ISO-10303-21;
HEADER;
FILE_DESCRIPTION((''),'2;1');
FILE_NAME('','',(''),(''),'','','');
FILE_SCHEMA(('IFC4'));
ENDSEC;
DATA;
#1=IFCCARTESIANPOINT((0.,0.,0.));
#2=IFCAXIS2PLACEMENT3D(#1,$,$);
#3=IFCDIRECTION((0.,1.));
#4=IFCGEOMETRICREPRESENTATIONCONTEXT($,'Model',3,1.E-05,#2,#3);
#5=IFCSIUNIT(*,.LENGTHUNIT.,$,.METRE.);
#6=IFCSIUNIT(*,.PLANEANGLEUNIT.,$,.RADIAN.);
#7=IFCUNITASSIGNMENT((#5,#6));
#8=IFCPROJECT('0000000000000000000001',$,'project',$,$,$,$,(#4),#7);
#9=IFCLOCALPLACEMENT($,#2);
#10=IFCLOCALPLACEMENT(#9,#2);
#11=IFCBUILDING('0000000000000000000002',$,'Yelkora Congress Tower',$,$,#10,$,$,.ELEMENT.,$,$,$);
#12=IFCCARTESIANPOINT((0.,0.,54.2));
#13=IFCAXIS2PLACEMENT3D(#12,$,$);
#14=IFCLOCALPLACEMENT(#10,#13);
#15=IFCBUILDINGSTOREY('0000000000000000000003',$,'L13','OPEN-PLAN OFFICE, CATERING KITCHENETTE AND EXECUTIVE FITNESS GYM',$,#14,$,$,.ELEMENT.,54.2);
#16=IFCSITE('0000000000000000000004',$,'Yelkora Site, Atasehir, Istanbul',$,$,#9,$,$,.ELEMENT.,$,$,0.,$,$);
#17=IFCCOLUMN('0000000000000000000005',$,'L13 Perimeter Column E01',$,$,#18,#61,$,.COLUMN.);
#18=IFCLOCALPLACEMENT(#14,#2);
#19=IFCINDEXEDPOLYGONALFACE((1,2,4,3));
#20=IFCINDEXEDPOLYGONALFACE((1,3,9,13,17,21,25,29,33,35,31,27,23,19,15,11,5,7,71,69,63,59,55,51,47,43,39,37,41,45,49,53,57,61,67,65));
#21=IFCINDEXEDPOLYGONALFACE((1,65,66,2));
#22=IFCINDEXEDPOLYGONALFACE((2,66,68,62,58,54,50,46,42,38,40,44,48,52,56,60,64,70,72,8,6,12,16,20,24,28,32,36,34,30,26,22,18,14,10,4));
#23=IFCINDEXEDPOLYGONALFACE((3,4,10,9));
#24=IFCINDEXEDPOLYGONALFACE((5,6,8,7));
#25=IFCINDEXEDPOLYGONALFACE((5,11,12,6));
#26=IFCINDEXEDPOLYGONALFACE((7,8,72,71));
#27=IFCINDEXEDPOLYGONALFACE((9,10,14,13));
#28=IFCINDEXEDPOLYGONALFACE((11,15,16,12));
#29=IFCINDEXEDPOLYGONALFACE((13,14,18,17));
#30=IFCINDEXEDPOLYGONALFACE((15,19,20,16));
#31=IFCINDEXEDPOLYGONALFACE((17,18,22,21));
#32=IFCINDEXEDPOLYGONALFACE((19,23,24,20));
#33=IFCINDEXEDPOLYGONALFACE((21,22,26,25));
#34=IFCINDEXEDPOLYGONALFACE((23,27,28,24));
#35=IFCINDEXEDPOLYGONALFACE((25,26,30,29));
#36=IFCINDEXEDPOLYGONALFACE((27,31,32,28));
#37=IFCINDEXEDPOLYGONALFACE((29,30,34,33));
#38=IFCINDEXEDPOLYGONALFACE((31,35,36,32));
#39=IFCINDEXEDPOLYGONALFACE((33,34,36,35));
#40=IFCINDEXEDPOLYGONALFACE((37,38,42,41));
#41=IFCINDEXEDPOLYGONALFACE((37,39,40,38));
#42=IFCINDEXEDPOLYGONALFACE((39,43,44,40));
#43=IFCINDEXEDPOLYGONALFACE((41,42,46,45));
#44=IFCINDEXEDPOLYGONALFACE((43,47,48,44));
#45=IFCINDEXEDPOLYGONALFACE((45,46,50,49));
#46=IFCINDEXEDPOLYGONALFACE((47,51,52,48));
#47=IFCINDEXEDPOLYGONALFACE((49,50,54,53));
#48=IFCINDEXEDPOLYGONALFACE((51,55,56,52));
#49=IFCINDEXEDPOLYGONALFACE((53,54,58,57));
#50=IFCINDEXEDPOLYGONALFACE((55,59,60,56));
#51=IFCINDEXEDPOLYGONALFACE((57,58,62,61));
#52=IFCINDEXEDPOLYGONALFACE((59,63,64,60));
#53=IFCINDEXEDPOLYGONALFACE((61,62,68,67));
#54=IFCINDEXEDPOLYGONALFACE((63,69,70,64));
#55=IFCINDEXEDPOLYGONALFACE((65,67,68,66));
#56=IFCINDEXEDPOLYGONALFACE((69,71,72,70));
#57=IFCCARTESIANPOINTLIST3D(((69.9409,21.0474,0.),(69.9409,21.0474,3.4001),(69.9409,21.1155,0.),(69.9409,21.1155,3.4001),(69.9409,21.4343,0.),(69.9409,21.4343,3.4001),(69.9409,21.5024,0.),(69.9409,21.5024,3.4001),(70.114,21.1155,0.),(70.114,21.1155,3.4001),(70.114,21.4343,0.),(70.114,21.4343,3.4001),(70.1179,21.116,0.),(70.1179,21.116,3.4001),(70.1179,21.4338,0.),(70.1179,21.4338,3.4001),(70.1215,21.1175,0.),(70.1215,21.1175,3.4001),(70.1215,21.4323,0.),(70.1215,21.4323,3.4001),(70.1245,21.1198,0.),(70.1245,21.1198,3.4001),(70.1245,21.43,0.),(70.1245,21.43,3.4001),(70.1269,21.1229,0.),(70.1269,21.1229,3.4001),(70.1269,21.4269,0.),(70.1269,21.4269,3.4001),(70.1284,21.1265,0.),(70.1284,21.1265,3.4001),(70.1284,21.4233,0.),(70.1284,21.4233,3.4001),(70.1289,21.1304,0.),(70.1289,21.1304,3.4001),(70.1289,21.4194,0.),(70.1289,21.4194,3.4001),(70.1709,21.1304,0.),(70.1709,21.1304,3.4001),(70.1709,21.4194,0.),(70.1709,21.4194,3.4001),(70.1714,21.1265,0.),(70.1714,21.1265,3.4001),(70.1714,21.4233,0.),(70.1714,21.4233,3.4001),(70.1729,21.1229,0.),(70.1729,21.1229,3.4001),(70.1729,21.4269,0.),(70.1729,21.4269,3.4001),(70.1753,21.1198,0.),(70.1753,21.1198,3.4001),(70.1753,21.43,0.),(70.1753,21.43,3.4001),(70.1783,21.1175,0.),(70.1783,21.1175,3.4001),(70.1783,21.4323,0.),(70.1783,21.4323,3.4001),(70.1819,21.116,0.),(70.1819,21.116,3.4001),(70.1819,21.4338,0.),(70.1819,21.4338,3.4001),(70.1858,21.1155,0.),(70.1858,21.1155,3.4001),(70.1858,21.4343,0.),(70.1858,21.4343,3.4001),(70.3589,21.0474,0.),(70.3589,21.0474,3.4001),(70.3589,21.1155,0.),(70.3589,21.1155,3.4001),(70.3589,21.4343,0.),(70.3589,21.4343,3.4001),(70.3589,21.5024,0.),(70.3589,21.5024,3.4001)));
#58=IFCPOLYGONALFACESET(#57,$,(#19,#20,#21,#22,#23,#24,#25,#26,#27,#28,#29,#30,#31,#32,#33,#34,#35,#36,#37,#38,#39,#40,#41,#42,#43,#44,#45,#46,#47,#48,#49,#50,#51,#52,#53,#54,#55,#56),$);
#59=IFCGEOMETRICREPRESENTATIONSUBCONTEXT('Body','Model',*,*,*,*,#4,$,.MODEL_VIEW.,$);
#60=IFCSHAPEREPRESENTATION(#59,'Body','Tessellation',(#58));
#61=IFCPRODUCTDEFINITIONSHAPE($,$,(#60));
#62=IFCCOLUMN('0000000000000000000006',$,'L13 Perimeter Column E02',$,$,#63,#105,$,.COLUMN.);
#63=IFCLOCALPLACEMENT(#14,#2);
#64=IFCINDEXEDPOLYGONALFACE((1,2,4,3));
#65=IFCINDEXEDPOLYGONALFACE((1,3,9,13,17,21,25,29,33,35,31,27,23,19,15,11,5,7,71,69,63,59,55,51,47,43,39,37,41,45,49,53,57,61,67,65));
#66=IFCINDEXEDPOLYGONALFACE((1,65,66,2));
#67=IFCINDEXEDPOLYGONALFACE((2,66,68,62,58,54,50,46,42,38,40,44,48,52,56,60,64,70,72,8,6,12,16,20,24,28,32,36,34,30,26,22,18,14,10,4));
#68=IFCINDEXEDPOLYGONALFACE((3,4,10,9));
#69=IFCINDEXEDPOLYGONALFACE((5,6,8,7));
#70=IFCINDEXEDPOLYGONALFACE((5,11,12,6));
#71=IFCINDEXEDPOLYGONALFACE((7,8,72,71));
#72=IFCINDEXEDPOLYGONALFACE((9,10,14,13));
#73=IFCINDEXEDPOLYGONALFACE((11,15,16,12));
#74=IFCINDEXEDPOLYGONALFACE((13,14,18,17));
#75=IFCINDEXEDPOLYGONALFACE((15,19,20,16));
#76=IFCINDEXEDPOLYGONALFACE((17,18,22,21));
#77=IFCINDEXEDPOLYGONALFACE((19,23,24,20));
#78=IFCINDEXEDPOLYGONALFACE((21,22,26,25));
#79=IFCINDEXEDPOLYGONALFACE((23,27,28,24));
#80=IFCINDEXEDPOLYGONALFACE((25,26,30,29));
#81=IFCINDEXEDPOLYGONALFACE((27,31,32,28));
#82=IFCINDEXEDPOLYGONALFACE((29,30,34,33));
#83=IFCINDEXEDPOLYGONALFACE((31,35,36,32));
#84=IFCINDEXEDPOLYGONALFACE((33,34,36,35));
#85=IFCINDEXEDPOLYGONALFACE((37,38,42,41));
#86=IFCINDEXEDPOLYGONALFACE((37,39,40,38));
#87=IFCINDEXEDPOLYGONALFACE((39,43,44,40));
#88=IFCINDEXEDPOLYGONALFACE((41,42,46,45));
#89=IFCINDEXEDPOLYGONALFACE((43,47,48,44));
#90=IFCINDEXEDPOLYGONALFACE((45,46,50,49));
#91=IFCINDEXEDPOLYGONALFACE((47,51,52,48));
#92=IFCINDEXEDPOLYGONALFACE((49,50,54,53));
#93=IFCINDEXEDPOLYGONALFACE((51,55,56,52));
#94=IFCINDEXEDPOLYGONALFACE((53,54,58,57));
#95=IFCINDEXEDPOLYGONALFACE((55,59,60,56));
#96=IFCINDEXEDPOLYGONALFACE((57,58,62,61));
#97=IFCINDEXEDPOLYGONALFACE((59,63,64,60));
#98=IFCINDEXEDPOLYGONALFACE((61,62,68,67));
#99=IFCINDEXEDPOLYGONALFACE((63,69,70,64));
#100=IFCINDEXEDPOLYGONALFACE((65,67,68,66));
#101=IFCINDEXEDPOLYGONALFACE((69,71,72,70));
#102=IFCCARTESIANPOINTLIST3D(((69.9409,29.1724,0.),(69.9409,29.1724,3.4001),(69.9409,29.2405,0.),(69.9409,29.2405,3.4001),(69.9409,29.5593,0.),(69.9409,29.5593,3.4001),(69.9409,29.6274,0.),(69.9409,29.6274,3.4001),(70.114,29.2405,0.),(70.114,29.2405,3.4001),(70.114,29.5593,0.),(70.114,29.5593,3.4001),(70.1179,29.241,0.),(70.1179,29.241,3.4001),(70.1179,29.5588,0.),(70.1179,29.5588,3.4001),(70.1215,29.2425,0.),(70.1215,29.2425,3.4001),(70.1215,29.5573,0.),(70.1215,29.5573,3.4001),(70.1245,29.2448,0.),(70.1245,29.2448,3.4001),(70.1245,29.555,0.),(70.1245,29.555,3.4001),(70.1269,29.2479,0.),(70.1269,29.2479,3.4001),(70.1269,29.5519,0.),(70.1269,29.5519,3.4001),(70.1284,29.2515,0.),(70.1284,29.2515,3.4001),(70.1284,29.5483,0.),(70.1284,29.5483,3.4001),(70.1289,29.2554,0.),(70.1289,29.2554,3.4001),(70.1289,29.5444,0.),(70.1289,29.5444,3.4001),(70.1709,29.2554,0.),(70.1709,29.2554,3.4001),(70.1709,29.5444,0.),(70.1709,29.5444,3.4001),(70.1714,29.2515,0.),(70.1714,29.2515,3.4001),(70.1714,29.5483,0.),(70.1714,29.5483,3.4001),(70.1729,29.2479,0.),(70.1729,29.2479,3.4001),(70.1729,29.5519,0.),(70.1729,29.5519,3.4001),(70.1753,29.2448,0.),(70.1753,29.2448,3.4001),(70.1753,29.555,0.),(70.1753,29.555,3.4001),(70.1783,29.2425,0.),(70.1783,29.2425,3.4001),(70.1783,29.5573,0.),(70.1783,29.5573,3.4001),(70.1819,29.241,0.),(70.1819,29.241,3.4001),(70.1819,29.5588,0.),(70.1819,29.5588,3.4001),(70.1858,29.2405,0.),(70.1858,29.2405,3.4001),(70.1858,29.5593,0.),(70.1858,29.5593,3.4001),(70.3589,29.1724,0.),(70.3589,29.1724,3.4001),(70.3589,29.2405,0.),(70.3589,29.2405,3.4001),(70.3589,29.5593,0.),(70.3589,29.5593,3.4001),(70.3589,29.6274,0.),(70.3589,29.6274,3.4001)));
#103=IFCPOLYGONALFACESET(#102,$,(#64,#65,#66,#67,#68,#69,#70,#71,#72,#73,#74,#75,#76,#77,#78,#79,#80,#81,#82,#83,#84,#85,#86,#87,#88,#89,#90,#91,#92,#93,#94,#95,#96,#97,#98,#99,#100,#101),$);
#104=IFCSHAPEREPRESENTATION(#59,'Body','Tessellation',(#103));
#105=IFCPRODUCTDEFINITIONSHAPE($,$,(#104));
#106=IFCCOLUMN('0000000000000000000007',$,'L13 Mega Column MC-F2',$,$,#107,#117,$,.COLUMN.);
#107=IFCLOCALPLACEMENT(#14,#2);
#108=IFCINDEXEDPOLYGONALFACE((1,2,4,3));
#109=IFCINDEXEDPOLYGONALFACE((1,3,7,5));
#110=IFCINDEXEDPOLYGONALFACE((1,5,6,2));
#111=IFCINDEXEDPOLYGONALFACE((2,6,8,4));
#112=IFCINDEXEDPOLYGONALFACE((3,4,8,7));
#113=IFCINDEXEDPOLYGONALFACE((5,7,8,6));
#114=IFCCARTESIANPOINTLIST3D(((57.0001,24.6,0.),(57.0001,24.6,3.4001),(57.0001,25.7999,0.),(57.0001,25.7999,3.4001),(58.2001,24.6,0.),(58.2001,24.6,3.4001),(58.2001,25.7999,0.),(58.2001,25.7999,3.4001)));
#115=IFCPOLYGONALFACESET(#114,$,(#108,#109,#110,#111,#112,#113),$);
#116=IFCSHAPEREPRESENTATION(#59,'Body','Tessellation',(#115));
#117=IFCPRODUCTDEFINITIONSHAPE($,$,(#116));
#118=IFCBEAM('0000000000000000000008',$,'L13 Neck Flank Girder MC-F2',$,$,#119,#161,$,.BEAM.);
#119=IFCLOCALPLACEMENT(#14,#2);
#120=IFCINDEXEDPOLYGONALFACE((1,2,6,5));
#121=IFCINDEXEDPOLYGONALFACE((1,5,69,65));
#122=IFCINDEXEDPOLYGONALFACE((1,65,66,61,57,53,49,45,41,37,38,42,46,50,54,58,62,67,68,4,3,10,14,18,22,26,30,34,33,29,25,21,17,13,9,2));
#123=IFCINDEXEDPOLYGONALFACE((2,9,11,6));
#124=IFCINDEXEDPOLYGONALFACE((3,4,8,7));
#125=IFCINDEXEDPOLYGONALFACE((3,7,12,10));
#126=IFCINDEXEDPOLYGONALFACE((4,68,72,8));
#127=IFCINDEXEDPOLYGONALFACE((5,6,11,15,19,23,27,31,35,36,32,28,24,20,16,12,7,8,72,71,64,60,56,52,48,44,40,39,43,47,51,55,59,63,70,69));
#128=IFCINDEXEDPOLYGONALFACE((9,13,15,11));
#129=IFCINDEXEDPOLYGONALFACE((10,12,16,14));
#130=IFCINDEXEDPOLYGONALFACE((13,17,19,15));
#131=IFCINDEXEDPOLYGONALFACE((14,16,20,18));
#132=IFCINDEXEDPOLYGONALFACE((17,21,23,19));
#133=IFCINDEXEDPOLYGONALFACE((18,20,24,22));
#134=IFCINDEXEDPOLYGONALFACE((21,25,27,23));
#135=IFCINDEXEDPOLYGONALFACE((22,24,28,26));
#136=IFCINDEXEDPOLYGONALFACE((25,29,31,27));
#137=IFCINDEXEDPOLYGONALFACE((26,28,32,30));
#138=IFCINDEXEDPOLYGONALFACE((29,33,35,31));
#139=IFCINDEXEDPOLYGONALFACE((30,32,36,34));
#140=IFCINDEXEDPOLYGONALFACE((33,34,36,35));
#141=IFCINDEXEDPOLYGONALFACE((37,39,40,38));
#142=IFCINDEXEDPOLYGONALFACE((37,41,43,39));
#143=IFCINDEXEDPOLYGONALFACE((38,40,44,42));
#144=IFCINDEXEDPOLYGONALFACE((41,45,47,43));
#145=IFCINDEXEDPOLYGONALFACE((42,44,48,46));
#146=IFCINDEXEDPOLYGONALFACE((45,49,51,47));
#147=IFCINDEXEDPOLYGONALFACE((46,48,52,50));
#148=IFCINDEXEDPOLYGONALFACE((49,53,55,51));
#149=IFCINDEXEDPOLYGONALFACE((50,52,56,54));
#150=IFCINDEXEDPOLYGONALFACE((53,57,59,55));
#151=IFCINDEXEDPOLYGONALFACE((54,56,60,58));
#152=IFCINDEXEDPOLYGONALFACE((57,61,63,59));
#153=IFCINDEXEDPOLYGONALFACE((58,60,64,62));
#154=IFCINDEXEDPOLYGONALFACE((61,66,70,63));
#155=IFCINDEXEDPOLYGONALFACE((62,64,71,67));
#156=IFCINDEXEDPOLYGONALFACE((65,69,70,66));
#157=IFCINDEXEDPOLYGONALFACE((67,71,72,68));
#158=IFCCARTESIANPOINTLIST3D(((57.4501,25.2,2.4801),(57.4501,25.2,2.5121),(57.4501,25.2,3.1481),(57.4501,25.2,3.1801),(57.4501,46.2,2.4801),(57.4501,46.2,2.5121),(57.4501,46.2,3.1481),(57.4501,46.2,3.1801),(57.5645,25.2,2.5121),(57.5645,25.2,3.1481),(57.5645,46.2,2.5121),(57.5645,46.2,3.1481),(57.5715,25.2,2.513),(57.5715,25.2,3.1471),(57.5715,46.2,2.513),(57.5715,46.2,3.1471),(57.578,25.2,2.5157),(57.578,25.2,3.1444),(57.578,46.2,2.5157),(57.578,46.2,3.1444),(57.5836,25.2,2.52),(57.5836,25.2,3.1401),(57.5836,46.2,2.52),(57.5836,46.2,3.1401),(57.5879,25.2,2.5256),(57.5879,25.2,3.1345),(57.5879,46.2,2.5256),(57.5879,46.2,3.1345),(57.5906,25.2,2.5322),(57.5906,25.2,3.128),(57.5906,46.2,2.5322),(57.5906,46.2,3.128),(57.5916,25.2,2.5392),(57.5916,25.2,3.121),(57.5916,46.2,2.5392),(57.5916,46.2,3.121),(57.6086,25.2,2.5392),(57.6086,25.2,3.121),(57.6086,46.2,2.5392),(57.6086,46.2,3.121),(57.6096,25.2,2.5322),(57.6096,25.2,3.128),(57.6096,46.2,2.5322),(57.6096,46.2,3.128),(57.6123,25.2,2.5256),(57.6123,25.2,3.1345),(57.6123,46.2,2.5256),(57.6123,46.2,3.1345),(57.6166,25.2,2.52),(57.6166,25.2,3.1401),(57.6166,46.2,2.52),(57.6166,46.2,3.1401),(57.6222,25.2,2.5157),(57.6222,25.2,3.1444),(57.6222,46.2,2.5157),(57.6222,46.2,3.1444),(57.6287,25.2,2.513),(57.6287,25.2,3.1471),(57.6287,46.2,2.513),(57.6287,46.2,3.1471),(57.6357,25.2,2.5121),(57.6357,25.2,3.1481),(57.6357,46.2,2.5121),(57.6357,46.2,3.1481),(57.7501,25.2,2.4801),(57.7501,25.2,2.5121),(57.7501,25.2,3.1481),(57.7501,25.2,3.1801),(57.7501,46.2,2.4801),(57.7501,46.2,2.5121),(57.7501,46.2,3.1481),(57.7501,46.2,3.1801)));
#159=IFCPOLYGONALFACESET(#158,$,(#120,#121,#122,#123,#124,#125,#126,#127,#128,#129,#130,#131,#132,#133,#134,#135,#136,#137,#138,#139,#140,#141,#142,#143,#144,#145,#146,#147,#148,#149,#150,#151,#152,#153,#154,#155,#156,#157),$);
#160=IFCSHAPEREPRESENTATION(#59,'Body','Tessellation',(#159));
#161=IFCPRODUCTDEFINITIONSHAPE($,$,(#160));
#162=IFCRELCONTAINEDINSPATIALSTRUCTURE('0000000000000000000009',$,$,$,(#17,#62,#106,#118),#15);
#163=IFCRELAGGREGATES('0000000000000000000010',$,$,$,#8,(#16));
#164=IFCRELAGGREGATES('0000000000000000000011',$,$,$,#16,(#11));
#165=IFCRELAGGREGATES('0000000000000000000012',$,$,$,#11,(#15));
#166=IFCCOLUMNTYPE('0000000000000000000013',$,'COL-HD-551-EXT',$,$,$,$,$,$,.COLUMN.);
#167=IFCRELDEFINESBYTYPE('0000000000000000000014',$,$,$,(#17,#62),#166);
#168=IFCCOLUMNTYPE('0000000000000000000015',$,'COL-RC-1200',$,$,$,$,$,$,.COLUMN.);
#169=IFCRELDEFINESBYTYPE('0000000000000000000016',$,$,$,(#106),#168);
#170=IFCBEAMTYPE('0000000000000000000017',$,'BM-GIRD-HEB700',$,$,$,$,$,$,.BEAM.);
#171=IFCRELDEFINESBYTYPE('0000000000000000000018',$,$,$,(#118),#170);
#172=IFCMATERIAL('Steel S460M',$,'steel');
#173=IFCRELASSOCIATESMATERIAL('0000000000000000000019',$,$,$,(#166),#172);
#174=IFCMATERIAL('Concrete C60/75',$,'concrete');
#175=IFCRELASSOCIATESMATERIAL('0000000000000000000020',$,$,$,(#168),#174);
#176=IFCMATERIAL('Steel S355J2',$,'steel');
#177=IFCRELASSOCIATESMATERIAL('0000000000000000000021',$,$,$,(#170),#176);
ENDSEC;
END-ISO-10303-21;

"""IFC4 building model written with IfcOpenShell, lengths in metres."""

from ifc_helpers import new_model, si_unit, direction, frame, origin, origin_2d, place, context, subcontext, project, spatial, rectangle, i_section, extrude, material, material_profile, profile_set, type_object, element, save


model = new_model("IFC4")

# Units and contexts
model_context = context("Model", 3, precision=1e-05, world=origin(), true_north=direction((0.0, 1.0)))
body_context = subcontext(model_context, "Body", "Model", "MODEL_VIEW")
ifc_project = project(units=[si_unit("LENGTHUNIT", "METRE"), si_unit("PLANEANGLEUNIT", "RADIAN")], contexts=[model_context])

# Site, building, storey
site_placement = place(None, origin())
site = spatial("IfcSite", under=ifc_project, at=site_placement, Name="Yelkora Site, Atasehir, Istanbul", CompositionType="ELEMENT", RefElevation=0.0)
building_placement = place(site_placement, origin())
building = spatial("IfcBuilding", under=site, at=building_placement, Name="Yelkora Congress Tower", CompositionType="ELEMENT")
storey_placement = place(building_placement, frame((0.0, 0.0, 54.2)))
storey = spatial("IfcBuildingStorey", under=building, at=storey_placement, Name="L13", Description="OPEN-PLAN OFFICE, CATERING KITCHENETTE AND EXECUTIVE FITNESS GYM", CompositionType="ELEMENT", Elevation=54.2)

# Columns
ifc_material_1 = material(Name="Steel S460M", Category="steel")
ifc_material_profile_1 = material_profile(ifc_material_1, i_section(OverallWidth=0.418, OverallDepth=0.4551, WebThickness=0.042, FlangeThickness=0.0681, FilletRadius=0.0149, at=origin_2d()), Name="HD 400x551")
ifc_profile_set_1 = profile_set([ifc_material_profile_1], Name="Steel S460M")
column_type_1 = type_object("IfcColumnType", Name="COL-HD-551-EXT", PredefinedType="COLUMN", material=ifc_profile_set_1)
for number, where, z_axis, x_axis, name in (
    (1, (70.1499, 21.2749, 0.0), (0.0, 0.0, 1.0), (1.0, 0.0, 0.0), "L13 Perimeter Column E01"),
    (2, (70.1499, 29.3999, 0.0), (0.0, 0.0, 1.0), (1.0, 0.0, 0.0), "L13 Perimeter Column E02"),
):
    element("IfcColumn", number, at=place(storey_placement, frame(where, z_axis=z_axis, x_axis=x_axis)), inside=storey, type_object=column_type_1, Name=name, PredefinedType="COLUMN", context=body_context, shape_type="SweptSolid", body=[
        extrude(i_section(OverallWidth=0.418, OverallDepth=0.4551, WebThickness=0.042, FlangeThickness=0.0681, FilletRadius=0.0149, at=origin_2d()), origin(), (0.0, 0.0, 1.0), 3.4001),
    ])
ifc_material_2 = material(Name="Concrete C60/75", Category="concrete")
ifc_material_profile_2 = material_profile(ifc_material_2, rectangle(XDim=1.2, YDim=1.2, at=origin_2d()), Name="RC 1200x1200")
ifc_profile_set_2 = profile_set([ifc_material_profile_2], Name="Concrete C60/75")
column_type_2 = type_object("IfcColumnType", Name="COL-RC-1200", PredefinedType="COLUMN", material=ifc_profile_set_2)
column_placement = place(storey_placement, frame((57.6001, 25.2, 0.0), z_axis=(0.0, 0.0, 1.0), x_axis=(1.0, 0.0, 0.0)))
element("IfcColumn", 3, at=column_placement, inside=storey, type_object=column_type_2, Name="L13 Mega Column MC-F2", PredefinedType="COLUMN", context=body_context, shape_type="SweptSolid", body=[
    extrude(rectangle(XDim=1.2, YDim=1.2, at=origin_2d()), origin(), (0.0, 0.0, 1.0), 3.4001),
])

# Beam
ifc_material_3 = material(Name="Steel S355J2", Category="steel")
ifc_material_profile_3 = material_profile(ifc_material_3, i_section(OverallWidth=0.3, OverallDepth=0.7, WebThickness=0.0171, FlangeThickness=0.032, FilletRadius=0.0271, at=origin_2d()), Name="HEB 700")
ifc_profile_set_3 = profile_set([ifc_material_profile_3], Name="Steel S355J2")
beam_type_1 = type_object("IfcBeamType", Name="BM-GIRD-HEB700", PredefinedType="BEAM", material=ifc_profile_set_3)
beam_1_placement = place(storey_placement, frame((57.6001, 25.2, 2.8301), z_axis=(0.0, 1.0, 0.0), x_axis=(-1.0, 0.0, 0.0)))
element("IfcBeam", 4, at=beam_1_placement, inside=storey, type_object=beam_type_1, Name="L13 Neck Flank Girder MC-F2", PredefinedType="BEAM", context=body_context, shape_type="SweptSolid", body=[
    extrude(i_section(OverallWidth=0.3, OverallDepth=0.7, WebThickness=0.0171, FlangeThickness=0.032, FilletRadius=0.0271, at=origin_2d()), origin(), (0.0, 0.0, 1.0), 21.0),
])

save(model, "model.ifc")
